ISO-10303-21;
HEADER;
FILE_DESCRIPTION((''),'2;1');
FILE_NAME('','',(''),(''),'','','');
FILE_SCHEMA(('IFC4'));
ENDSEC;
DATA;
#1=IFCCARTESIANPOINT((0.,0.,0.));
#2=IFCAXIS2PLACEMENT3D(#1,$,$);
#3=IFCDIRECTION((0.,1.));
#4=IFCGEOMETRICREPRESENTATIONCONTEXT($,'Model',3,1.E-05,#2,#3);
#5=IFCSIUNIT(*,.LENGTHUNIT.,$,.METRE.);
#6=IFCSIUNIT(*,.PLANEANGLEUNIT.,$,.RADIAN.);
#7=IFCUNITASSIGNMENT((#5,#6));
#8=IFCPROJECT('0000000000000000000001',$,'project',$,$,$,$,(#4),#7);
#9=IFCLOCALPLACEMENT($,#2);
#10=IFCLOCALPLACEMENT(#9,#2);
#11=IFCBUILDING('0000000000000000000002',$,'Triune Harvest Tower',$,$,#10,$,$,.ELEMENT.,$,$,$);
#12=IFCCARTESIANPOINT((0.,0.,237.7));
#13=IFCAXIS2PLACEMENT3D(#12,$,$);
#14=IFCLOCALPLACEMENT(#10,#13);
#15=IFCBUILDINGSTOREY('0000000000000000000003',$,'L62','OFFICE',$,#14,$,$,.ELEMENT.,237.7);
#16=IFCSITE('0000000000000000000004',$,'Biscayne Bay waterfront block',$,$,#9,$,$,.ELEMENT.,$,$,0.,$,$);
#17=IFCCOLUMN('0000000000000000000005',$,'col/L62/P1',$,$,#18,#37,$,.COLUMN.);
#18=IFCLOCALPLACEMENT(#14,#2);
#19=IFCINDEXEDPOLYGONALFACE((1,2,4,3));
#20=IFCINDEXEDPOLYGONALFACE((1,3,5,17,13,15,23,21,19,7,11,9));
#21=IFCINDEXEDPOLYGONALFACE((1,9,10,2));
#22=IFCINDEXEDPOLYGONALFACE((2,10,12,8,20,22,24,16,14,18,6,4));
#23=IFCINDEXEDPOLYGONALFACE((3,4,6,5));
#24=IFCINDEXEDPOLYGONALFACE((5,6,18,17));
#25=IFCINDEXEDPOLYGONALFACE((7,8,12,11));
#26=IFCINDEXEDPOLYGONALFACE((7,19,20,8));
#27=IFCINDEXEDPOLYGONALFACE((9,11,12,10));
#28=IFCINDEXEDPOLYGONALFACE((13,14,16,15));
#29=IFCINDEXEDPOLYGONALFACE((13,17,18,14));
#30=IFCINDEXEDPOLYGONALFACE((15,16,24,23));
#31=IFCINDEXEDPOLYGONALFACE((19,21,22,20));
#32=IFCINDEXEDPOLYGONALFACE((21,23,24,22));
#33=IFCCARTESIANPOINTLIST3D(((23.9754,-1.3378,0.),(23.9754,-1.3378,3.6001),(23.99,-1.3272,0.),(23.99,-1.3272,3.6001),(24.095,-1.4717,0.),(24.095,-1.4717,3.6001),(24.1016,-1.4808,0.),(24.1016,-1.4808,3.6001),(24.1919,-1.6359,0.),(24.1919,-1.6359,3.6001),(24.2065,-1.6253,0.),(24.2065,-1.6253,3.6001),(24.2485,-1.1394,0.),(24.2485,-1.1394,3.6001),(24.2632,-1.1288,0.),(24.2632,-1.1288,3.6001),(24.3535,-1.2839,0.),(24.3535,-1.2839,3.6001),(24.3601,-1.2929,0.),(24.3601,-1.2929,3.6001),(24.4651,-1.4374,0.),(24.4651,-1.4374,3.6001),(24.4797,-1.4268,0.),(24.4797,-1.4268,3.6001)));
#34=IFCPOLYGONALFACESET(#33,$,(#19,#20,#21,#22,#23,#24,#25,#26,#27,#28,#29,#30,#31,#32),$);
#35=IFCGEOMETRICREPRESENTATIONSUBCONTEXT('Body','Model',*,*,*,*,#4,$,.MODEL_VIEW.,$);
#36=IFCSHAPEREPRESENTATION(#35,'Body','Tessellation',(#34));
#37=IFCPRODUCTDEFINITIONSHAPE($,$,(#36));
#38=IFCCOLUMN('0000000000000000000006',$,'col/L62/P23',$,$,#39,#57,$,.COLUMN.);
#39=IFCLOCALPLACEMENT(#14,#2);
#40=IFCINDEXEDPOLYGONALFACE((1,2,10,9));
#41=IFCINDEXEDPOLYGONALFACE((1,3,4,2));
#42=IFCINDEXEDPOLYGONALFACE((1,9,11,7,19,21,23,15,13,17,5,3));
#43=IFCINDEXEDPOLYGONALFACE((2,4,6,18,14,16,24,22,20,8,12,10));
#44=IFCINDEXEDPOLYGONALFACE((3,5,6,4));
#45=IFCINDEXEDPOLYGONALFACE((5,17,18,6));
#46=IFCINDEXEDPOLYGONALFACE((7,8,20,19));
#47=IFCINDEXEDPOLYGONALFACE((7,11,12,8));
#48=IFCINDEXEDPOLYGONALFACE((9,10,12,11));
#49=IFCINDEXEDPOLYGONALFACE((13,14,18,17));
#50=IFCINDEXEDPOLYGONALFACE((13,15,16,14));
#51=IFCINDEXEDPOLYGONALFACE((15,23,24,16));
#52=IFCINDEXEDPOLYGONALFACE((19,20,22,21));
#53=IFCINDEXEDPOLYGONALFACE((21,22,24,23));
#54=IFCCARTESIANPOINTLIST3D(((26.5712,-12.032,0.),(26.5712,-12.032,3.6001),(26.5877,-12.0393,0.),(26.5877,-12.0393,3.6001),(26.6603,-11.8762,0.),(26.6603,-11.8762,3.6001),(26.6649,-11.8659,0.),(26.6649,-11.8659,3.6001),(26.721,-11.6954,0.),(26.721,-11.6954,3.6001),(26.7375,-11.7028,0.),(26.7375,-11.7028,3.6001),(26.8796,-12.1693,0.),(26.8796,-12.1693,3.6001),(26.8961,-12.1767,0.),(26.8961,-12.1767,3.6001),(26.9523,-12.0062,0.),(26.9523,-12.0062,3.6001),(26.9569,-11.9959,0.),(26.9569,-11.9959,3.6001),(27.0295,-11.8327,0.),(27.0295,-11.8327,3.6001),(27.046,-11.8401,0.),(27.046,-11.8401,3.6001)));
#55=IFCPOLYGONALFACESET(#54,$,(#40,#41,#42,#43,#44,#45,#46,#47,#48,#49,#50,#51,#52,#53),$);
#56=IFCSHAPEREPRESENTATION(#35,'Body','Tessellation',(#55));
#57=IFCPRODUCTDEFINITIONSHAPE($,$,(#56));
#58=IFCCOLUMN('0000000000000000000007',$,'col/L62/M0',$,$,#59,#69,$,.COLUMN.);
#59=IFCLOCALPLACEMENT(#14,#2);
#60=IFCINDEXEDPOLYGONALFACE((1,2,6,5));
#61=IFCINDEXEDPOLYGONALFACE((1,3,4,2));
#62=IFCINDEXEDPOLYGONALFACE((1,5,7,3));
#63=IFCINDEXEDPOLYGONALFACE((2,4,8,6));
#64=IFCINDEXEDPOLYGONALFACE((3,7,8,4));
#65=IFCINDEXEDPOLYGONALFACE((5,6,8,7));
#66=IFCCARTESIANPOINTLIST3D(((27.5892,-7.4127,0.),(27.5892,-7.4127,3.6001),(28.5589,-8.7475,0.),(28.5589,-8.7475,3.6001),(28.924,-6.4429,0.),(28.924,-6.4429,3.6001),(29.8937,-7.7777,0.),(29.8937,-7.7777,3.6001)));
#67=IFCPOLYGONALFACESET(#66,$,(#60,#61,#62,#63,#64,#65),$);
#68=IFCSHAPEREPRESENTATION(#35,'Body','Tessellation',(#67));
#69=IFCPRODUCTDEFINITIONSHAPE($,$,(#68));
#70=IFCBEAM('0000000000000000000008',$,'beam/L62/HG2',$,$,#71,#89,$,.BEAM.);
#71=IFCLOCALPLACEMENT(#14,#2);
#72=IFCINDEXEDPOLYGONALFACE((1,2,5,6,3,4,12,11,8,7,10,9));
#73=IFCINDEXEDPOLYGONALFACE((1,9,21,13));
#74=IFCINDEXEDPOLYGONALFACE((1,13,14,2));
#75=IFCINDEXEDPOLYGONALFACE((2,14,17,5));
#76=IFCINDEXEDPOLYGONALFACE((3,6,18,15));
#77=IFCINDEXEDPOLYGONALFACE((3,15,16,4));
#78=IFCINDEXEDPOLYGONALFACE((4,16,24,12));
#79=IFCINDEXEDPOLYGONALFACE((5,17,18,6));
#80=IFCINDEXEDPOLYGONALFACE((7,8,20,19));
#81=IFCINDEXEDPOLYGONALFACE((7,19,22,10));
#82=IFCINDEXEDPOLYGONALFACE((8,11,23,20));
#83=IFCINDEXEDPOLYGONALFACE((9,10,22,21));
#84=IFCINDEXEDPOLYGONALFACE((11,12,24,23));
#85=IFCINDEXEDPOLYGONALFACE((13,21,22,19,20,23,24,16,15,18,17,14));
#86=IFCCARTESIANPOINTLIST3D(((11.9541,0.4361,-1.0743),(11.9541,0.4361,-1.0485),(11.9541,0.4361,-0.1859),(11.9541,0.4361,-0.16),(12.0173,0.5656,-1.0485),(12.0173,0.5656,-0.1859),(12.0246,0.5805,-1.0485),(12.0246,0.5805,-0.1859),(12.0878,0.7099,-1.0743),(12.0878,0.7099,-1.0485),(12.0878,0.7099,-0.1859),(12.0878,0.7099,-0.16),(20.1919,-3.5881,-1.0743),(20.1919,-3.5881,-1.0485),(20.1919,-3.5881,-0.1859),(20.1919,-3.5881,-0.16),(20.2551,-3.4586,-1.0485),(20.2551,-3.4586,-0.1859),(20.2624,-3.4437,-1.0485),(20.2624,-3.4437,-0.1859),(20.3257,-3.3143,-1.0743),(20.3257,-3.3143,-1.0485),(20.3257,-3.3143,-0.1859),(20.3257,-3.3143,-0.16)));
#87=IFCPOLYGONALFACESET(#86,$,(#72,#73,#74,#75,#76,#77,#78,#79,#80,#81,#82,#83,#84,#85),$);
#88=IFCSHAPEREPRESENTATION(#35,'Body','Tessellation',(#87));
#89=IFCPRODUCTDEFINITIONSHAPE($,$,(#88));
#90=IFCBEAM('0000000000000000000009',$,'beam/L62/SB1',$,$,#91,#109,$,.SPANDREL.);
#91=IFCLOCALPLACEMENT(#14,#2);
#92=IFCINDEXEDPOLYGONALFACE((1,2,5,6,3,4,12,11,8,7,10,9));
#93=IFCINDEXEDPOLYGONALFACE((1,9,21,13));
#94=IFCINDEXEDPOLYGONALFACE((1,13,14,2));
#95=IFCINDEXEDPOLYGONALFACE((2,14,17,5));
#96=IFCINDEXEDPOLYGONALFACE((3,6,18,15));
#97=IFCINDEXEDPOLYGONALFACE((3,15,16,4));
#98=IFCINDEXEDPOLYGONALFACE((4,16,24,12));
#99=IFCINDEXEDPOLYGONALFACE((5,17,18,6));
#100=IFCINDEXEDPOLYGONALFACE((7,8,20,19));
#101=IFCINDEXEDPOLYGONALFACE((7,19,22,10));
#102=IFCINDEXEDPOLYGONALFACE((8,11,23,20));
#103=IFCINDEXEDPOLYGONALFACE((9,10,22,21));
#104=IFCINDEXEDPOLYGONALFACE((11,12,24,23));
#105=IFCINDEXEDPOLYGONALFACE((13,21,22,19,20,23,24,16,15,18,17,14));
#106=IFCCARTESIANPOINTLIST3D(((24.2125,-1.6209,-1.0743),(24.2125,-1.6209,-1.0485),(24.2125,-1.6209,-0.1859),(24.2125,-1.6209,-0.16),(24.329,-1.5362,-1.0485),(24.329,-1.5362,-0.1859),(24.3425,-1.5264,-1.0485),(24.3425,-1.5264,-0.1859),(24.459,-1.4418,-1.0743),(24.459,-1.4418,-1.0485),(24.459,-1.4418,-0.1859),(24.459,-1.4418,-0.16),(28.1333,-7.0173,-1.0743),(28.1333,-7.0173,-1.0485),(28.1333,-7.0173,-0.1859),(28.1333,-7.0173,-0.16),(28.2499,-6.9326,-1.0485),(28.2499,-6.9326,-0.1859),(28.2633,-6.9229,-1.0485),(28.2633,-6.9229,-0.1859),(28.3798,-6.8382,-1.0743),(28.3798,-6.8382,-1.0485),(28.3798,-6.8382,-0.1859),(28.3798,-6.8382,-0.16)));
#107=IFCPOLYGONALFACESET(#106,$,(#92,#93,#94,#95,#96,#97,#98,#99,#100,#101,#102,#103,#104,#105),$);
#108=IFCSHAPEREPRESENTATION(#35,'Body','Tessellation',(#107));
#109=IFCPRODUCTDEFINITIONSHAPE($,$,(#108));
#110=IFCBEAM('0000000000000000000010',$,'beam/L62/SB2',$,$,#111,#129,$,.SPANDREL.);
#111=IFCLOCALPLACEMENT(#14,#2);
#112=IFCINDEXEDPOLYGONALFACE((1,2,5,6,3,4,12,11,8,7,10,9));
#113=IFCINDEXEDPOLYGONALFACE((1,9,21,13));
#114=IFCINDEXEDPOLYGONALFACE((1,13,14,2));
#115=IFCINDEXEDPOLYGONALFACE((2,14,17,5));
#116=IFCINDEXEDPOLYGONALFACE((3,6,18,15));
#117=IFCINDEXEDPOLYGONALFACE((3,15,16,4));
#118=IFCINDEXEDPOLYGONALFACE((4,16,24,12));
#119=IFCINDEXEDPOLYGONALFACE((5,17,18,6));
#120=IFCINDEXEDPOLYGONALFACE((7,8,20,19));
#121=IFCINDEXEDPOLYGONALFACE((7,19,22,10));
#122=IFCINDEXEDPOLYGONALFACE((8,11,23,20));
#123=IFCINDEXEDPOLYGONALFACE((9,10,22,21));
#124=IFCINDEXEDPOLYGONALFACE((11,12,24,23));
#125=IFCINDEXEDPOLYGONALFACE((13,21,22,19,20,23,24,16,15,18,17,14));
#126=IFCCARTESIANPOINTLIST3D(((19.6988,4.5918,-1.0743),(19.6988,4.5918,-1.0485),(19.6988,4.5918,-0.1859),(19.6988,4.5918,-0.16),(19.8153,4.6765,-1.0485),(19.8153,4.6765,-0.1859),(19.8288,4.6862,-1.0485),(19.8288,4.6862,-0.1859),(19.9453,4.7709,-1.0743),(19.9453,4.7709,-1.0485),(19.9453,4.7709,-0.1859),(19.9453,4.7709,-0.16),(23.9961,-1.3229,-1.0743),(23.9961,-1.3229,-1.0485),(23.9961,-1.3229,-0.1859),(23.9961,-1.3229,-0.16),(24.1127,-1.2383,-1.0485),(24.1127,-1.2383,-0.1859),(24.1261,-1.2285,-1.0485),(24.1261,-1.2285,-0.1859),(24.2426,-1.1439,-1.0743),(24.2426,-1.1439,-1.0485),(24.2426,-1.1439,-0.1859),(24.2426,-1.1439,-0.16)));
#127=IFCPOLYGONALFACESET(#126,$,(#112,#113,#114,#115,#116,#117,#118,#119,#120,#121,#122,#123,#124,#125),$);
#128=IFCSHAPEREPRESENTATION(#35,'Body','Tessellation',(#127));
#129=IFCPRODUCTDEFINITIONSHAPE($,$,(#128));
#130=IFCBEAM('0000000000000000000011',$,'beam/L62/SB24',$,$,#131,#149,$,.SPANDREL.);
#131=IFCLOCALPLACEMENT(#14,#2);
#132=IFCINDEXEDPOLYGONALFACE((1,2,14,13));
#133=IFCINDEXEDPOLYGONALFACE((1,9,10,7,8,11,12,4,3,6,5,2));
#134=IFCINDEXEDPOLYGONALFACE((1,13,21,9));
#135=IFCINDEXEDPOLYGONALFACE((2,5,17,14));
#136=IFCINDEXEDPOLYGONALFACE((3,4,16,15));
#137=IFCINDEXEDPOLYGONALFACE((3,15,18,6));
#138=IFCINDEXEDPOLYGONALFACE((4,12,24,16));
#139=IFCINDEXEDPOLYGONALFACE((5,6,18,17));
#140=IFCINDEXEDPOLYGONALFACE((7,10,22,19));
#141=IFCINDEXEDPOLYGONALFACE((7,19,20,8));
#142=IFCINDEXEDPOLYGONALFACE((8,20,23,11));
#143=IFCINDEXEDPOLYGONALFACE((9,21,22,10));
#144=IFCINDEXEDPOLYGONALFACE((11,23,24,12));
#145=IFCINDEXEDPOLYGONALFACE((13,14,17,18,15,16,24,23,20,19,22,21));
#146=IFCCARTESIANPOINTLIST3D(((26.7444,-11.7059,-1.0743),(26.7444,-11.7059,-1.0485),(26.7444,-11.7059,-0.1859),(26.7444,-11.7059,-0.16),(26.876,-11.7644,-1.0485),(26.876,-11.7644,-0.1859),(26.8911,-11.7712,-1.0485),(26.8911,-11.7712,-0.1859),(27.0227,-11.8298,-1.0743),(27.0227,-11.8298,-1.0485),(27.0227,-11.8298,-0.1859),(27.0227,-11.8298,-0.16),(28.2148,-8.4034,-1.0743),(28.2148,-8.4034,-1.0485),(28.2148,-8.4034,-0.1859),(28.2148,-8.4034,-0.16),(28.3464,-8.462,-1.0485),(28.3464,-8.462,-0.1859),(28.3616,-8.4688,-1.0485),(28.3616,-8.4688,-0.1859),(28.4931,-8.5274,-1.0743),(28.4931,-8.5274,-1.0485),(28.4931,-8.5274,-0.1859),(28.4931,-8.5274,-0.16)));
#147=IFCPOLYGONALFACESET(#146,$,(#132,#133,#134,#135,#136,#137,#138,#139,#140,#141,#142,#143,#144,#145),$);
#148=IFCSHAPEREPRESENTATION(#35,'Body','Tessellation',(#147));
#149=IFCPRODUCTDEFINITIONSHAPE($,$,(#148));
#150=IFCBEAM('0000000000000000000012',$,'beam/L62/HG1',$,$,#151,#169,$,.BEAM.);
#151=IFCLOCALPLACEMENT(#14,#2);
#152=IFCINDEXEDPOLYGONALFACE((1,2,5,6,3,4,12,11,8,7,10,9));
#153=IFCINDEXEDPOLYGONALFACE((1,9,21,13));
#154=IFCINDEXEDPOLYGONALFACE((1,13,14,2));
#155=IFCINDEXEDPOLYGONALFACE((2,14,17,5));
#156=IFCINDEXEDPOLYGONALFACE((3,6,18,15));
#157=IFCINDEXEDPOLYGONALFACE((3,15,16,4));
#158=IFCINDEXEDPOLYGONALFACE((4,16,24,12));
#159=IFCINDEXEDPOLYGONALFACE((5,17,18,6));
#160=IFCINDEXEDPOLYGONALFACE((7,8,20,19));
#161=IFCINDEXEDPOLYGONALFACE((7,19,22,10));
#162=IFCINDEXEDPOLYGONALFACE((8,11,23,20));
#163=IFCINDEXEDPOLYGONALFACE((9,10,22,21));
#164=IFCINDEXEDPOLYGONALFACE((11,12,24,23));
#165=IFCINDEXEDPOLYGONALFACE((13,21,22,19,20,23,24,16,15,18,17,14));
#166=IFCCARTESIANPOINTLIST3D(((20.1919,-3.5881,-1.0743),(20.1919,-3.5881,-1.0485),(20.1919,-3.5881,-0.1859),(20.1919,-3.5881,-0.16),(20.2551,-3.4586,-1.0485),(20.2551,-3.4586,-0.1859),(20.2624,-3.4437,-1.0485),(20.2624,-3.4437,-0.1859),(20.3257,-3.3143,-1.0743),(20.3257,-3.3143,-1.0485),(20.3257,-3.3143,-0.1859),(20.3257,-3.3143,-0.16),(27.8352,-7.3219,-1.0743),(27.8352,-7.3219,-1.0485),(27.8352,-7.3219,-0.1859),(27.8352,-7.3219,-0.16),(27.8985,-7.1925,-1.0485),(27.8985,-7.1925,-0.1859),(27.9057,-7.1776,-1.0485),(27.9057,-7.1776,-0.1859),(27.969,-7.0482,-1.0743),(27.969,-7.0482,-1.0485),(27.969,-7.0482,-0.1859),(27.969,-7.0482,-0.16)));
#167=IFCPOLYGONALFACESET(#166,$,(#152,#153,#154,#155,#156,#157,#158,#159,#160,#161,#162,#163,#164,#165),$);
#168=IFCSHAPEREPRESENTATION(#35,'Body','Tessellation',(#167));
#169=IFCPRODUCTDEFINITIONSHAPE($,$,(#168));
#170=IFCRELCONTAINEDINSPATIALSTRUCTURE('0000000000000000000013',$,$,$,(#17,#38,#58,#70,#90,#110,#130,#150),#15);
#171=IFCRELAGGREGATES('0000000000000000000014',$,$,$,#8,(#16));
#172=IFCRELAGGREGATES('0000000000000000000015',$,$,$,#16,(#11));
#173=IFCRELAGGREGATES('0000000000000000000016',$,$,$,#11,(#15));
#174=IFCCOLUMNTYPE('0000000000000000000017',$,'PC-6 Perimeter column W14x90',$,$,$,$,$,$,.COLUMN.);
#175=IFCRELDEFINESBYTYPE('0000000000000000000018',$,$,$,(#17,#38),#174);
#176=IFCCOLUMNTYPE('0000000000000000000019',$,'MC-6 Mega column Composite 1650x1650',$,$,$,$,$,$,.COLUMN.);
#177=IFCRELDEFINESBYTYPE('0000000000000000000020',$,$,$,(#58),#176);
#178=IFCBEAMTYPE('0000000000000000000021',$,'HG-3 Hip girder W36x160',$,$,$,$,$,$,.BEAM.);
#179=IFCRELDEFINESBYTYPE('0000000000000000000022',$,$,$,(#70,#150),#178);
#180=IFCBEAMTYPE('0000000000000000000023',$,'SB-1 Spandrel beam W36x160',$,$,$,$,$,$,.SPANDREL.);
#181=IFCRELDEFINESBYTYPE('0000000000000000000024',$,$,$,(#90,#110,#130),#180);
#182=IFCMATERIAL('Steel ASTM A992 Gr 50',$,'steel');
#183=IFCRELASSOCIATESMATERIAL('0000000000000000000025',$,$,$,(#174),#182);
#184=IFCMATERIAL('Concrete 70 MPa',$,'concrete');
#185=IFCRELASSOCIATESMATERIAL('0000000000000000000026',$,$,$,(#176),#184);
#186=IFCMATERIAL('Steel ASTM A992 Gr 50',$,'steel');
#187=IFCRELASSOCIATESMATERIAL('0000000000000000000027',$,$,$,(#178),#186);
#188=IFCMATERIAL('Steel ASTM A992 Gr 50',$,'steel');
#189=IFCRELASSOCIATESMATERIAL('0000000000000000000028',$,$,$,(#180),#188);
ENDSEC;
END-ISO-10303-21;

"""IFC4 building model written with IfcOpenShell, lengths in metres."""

from ifc_helpers import new_model, si_unit, direction, frame, origin, origin_2d, place, context, subcontext, project, spatial, rectangle, i_section, extrude, source, transform, mapped, material, material_profile, profile_set, type_object, element, save


model = new_model("IFC4")

# Units and contexts
model_context = context("Model", 3, precision=1e-05, world=origin(), true_north=direction((0.0, 1.0)))
body_context = subcontext(model_context, "Body", "Model", "MODEL_VIEW")
ifc_project = project(units=[si_unit("LENGTHUNIT", "METRE"), si_unit("PLANEANGLEUNIT", "RADIAN")], contexts=[model_context])

# Site, building, storey
site_placement = place(None, origin())
site = spatial("IfcSite", under=ifc_project, at=site_placement, Name="Biscayne Bay waterfront block", CompositionType="ELEMENT", RefElevation=0.0)
building_placement = place(site_placement, origin())
building = spatial("IfcBuilding", under=site, at=building_placement, Name="Triune Harvest Tower", CompositionType="ELEMENT")
storey_placement = place(building_placement, frame((0.0, 0.0, 237.7)))
storey = spatial("IfcBuildingStorey", under=building, at=storey_placement, Name="L62", Description="OFFICE", CompositionType="ELEMENT", Elevation=237.7)

# Columns
ifc_material_1 = material(Name="Steel ASTM A992 Gr 50", Category="steel")
ifc_material_profile_1 = material_profile(ifc_material_1, i_section(OverallWidth=0.3684, OverallDepth=0.3557, WebThickness=0.0112, FlangeThickness=0.0181, at=origin_2d()), Name="W14x90")
ifc_profile_set_1 = profile_set([ifc_material_profile_1], Name="Steel ASTM A992 Gr 50")
column_type_1 = type_object("IfcColumnType", Name="PC-6 Perimeter column W14x90", PredefinedType="COLUMN", material=ifc_profile_set_1)
shared_shape_1 = source(origin(), body_context, "Body", "SweptSolid", [
    extrude(i_section(OverallWidth=0.3684, OverallDepth=0.3557, WebThickness=0.0112, FlangeThickness=0.0181, at=origin_2d()), origin(), (0.0, 0.0, 1.0), 3.6001),
])
for number, where, z_axis, x_axis, name in (
    (1, (24.2275, -1.3823, 0.0), (0.0, 0.0, 1.0), (-0.587785, 0.809017, 0.0), "col/L62/P1"),
    (2, (26.8086, -11.936, 0.0), (0.0, 0.0, 1.0), (0.406741, 0.913543, 0.0), "col/L62/P23"),
):
    element("IfcColumn", number, at=place(storey_placement, frame(where, z_axis=z_axis, x_axis=x_axis)), inside=storey, type_object=column_type_1, Name=name, PredefinedType="COLUMN", context=body_context, shape_type="MappedRepresentation", body=[
        mapped(shared_shape_1, transform((0.0, 0.0, 0.0), scale=1.0)),
    ])
ifc_material_2 = material(Name="Concrete 70 MPa", Category="concrete")
ifc_material_profile_2 = material_profile(ifc_material_2, rectangle(XDim=1.6499, YDim=1.6499, at=origin_2d()), Name="Composite 1650x1650")
ifc_profile_set_2 = profile_set([ifc_material_profile_2], Name="Concrete 70 MPa")
column_type_2 = type_object("IfcColumnType", Name="MC-6 Mega column Composite 1650x1650", PredefinedType="COLUMN", material=ifc_profile_set_2)
shared_shape_2 = source(origin(), body_context, "Body", "SweptSolid", [
    extrude(rectangle(XDim=1.6499, YDim=1.6499, at=origin_2d()), origin(), (0.0, 0.0, 1.0), 3.6001),
])
column_placement = place(storey_placement, frame((28.7415, -7.5952, 0.0), z_axis=(0.0, 0.0, 1.0), x_axis=(-0.587785, 0.809017, 0.0)))
element("IfcColumn", 3, at=column_placement, inside=storey, type_object=column_type_2, Name="col/L62/M0", PredefinedType="COLUMN", context=body_context, shape_type="MappedRepresentation", body=[
    mapped(shared_shape_2, transform((0.0, 0.0, 0.0), scale=1.0)),
])

# Beams
ifc_material_3 = material(Name="Steel ASTM A992 Gr 50", Category="steel")
ifc_material_profile_3 = material_profile(ifc_material_3, i_section(OverallWidth=0.3047, OverallDepth=0.9143, WebThickness=0.0166, FlangeThickness=0.0259, at=origin_2d()), Name="W36x160")
ifc_profile_set_3 = profile_set([ifc_material_profile_3], Name="Steel ASTM A992 Gr 50")
beam_type_1 = type_object("IfcBeamType", Name="HG-3 Hip girder W36x160", PredefinedType="BEAM", material=ifc_profile_set_3)
shared_shape_3 = source(origin(), body_context, "Body", "SweptSolid", [
    extrude(i_section(OverallWidth=0.3047, OverallDepth=0.9143, WebThickness=0.0166, FlangeThickness=0.0259, at=origin_2d()), origin(), (0.0, 0.0, 1.0), 9.1682),
])
beam_1_placement = place(storey_placement, frame((20.2588, -3.4512, -0.6172), z_axis=(-0.898522, 0.438929, 0.0), x_axis=(-0.438929, -0.898522, 0.0)))
element("IfcBeam", 4, at=beam_1_placement, inside=storey, type_object=beam_type_1, Name="beam/L62/HG2", PredefinedType="BEAM", context=body_context, shape_type="MappedRepresentation", body=[
    mapped(shared_shape_3, transform((0.0, 0.0, 0.0), scale=1.0)),
])
ifc_material_4 = material(Name="Steel ASTM A992 Gr 50", Category="steel")
ifc_material_profile_4 = material_profile(ifc_material_4, i_section(OverallWidth=0.3047, OverallDepth=0.9143, WebThickness=0.0166, FlangeThickness=0.0259, at=origin_2d()), Name="W36x160")
ifc_profile_set_4 = profile_set([ifc_material_profile_4], Name="Steel ASTM A992 Gr 50")
beam_type_2 = type_object("IfcBeamType", Name="SB-1 Spandrel beam W36x160", PredefinedType="SPANDREL", material=ifc_profile_set_4)
shared_shape_4 = source(origin(), body_context, "Body", "SweptSolid", [
    extrude(i_section(OverallWidth=0.3047, OverallDepth=0.9143, WebThickness=0.0166, FlangeThickness=0.0259, at=origin_2d()), origin(), (0.0, 0.0, 1.0), 6.6704),
])
beam_2_placement = place(storey_placement, frame((28.2566, -6.9277, -0.6172), z_axis=(-0.587797, 0.809008, 0.0), x_axis=(-0.809008, -0.587797, 0.0)))
element("IfcBeam", 5, at=beam_2_placement, inside=storey, type_object=beam_type_2, Name="beam/L62/SB1", PredefinedType="SPANDREL", context=body_context, shape_type="MappedRepresentation", body=[
    mapped(shared_shape_4, transform((0.0, 0.0, 0.0), scale=1.0)),
])
shared_shape_5 = source(origin(), body_context, "Body", "SweptSolid", [
    extrude(i_section(OverallWidth=0.3047, OverallDepth=0.9143, WebThickness=0.0166, FlangeThickness=0.0259, at=origin_2d()), origin(), (0.0, 0.0, 1.0), 7.311),
])
beam_3_placement = place(storey_placement, frame((24.1194, -1.2334, -0.6172), z_axis=(-0.587786, 0.809016, 0.0), x_axis=(-0.809016, -0.587786, 0.0)))
element("IfcBeam", 6, at=beam_3_placement, inside=storey, type_object=beam_type_2, Name="beam/L62/SB2", PredefinedType="SPANDREL", context=body_context, shape_type="MappedRepresentation", body=[
    mapped(shared_shape_5, transform((0.0, 0.0, 0.0), scale=1.0)),
])
shared_shape_6 = source(origin(), body_context, "Body", "SweptSolid", [
    extrude(i_section(OverallWidth=0.3047, OverallDepth=0.9143, WebThickness=0.0166, FlangeThickness=0.0259, at=origin_2d()), origin(), (0.0, 0.0, 1.0), 3.615),
])
beam_4_placement = place(storey_placement, frame((26.8835, -11.7678, -0.6172), z_axis=(0.406759, 0.913536, 0.0), x_axis=(-0.913536, 0.406759, 0.0)))
element("IfcBeam", 7, at=beam_4_placement, inside=storey, type_object=beam_type_2, Name="beam/L62/SB24", PredefinedType="SPANDREL", context=body_context, shape_type="MappedRepresentation", body=[
    mapped(shared_shape_6, transform((0.0, 0.0, 0.0), scale=1.0)),
])
shared_shape_7 = source(origin(), body_context, "Body", "SweptSolid", [
    extrude(i_section(OverallWidth=0.3047, OverallDepth=0.9143, WebThickness=0.0166, FlangeThickness=0.0259, at=origin_2d()), origin(), (0.0, 0.0, 1.0), 8.5066),
])
beam_5_placement = place(storey_placement, frame((27.9021, -7.1851, -0.6172), z_axis=(-0.898516, 0.43894, 0.0), x_axis=(-0.43894, -0.898516, 0.0)))
element("IfcBeam", 8, at=beam_5_placement, inside=storey, type_object=beam_type_1, Name="beam/L62/HG1", PredefinedType="BEAM", context=body_context, shape_type="MappedRepresentation", body=[
    mapped(shared_shape_7, transform((0.0, 0.0, 0.0), scale=1.0)),
])

save(model, "model.ifc")
